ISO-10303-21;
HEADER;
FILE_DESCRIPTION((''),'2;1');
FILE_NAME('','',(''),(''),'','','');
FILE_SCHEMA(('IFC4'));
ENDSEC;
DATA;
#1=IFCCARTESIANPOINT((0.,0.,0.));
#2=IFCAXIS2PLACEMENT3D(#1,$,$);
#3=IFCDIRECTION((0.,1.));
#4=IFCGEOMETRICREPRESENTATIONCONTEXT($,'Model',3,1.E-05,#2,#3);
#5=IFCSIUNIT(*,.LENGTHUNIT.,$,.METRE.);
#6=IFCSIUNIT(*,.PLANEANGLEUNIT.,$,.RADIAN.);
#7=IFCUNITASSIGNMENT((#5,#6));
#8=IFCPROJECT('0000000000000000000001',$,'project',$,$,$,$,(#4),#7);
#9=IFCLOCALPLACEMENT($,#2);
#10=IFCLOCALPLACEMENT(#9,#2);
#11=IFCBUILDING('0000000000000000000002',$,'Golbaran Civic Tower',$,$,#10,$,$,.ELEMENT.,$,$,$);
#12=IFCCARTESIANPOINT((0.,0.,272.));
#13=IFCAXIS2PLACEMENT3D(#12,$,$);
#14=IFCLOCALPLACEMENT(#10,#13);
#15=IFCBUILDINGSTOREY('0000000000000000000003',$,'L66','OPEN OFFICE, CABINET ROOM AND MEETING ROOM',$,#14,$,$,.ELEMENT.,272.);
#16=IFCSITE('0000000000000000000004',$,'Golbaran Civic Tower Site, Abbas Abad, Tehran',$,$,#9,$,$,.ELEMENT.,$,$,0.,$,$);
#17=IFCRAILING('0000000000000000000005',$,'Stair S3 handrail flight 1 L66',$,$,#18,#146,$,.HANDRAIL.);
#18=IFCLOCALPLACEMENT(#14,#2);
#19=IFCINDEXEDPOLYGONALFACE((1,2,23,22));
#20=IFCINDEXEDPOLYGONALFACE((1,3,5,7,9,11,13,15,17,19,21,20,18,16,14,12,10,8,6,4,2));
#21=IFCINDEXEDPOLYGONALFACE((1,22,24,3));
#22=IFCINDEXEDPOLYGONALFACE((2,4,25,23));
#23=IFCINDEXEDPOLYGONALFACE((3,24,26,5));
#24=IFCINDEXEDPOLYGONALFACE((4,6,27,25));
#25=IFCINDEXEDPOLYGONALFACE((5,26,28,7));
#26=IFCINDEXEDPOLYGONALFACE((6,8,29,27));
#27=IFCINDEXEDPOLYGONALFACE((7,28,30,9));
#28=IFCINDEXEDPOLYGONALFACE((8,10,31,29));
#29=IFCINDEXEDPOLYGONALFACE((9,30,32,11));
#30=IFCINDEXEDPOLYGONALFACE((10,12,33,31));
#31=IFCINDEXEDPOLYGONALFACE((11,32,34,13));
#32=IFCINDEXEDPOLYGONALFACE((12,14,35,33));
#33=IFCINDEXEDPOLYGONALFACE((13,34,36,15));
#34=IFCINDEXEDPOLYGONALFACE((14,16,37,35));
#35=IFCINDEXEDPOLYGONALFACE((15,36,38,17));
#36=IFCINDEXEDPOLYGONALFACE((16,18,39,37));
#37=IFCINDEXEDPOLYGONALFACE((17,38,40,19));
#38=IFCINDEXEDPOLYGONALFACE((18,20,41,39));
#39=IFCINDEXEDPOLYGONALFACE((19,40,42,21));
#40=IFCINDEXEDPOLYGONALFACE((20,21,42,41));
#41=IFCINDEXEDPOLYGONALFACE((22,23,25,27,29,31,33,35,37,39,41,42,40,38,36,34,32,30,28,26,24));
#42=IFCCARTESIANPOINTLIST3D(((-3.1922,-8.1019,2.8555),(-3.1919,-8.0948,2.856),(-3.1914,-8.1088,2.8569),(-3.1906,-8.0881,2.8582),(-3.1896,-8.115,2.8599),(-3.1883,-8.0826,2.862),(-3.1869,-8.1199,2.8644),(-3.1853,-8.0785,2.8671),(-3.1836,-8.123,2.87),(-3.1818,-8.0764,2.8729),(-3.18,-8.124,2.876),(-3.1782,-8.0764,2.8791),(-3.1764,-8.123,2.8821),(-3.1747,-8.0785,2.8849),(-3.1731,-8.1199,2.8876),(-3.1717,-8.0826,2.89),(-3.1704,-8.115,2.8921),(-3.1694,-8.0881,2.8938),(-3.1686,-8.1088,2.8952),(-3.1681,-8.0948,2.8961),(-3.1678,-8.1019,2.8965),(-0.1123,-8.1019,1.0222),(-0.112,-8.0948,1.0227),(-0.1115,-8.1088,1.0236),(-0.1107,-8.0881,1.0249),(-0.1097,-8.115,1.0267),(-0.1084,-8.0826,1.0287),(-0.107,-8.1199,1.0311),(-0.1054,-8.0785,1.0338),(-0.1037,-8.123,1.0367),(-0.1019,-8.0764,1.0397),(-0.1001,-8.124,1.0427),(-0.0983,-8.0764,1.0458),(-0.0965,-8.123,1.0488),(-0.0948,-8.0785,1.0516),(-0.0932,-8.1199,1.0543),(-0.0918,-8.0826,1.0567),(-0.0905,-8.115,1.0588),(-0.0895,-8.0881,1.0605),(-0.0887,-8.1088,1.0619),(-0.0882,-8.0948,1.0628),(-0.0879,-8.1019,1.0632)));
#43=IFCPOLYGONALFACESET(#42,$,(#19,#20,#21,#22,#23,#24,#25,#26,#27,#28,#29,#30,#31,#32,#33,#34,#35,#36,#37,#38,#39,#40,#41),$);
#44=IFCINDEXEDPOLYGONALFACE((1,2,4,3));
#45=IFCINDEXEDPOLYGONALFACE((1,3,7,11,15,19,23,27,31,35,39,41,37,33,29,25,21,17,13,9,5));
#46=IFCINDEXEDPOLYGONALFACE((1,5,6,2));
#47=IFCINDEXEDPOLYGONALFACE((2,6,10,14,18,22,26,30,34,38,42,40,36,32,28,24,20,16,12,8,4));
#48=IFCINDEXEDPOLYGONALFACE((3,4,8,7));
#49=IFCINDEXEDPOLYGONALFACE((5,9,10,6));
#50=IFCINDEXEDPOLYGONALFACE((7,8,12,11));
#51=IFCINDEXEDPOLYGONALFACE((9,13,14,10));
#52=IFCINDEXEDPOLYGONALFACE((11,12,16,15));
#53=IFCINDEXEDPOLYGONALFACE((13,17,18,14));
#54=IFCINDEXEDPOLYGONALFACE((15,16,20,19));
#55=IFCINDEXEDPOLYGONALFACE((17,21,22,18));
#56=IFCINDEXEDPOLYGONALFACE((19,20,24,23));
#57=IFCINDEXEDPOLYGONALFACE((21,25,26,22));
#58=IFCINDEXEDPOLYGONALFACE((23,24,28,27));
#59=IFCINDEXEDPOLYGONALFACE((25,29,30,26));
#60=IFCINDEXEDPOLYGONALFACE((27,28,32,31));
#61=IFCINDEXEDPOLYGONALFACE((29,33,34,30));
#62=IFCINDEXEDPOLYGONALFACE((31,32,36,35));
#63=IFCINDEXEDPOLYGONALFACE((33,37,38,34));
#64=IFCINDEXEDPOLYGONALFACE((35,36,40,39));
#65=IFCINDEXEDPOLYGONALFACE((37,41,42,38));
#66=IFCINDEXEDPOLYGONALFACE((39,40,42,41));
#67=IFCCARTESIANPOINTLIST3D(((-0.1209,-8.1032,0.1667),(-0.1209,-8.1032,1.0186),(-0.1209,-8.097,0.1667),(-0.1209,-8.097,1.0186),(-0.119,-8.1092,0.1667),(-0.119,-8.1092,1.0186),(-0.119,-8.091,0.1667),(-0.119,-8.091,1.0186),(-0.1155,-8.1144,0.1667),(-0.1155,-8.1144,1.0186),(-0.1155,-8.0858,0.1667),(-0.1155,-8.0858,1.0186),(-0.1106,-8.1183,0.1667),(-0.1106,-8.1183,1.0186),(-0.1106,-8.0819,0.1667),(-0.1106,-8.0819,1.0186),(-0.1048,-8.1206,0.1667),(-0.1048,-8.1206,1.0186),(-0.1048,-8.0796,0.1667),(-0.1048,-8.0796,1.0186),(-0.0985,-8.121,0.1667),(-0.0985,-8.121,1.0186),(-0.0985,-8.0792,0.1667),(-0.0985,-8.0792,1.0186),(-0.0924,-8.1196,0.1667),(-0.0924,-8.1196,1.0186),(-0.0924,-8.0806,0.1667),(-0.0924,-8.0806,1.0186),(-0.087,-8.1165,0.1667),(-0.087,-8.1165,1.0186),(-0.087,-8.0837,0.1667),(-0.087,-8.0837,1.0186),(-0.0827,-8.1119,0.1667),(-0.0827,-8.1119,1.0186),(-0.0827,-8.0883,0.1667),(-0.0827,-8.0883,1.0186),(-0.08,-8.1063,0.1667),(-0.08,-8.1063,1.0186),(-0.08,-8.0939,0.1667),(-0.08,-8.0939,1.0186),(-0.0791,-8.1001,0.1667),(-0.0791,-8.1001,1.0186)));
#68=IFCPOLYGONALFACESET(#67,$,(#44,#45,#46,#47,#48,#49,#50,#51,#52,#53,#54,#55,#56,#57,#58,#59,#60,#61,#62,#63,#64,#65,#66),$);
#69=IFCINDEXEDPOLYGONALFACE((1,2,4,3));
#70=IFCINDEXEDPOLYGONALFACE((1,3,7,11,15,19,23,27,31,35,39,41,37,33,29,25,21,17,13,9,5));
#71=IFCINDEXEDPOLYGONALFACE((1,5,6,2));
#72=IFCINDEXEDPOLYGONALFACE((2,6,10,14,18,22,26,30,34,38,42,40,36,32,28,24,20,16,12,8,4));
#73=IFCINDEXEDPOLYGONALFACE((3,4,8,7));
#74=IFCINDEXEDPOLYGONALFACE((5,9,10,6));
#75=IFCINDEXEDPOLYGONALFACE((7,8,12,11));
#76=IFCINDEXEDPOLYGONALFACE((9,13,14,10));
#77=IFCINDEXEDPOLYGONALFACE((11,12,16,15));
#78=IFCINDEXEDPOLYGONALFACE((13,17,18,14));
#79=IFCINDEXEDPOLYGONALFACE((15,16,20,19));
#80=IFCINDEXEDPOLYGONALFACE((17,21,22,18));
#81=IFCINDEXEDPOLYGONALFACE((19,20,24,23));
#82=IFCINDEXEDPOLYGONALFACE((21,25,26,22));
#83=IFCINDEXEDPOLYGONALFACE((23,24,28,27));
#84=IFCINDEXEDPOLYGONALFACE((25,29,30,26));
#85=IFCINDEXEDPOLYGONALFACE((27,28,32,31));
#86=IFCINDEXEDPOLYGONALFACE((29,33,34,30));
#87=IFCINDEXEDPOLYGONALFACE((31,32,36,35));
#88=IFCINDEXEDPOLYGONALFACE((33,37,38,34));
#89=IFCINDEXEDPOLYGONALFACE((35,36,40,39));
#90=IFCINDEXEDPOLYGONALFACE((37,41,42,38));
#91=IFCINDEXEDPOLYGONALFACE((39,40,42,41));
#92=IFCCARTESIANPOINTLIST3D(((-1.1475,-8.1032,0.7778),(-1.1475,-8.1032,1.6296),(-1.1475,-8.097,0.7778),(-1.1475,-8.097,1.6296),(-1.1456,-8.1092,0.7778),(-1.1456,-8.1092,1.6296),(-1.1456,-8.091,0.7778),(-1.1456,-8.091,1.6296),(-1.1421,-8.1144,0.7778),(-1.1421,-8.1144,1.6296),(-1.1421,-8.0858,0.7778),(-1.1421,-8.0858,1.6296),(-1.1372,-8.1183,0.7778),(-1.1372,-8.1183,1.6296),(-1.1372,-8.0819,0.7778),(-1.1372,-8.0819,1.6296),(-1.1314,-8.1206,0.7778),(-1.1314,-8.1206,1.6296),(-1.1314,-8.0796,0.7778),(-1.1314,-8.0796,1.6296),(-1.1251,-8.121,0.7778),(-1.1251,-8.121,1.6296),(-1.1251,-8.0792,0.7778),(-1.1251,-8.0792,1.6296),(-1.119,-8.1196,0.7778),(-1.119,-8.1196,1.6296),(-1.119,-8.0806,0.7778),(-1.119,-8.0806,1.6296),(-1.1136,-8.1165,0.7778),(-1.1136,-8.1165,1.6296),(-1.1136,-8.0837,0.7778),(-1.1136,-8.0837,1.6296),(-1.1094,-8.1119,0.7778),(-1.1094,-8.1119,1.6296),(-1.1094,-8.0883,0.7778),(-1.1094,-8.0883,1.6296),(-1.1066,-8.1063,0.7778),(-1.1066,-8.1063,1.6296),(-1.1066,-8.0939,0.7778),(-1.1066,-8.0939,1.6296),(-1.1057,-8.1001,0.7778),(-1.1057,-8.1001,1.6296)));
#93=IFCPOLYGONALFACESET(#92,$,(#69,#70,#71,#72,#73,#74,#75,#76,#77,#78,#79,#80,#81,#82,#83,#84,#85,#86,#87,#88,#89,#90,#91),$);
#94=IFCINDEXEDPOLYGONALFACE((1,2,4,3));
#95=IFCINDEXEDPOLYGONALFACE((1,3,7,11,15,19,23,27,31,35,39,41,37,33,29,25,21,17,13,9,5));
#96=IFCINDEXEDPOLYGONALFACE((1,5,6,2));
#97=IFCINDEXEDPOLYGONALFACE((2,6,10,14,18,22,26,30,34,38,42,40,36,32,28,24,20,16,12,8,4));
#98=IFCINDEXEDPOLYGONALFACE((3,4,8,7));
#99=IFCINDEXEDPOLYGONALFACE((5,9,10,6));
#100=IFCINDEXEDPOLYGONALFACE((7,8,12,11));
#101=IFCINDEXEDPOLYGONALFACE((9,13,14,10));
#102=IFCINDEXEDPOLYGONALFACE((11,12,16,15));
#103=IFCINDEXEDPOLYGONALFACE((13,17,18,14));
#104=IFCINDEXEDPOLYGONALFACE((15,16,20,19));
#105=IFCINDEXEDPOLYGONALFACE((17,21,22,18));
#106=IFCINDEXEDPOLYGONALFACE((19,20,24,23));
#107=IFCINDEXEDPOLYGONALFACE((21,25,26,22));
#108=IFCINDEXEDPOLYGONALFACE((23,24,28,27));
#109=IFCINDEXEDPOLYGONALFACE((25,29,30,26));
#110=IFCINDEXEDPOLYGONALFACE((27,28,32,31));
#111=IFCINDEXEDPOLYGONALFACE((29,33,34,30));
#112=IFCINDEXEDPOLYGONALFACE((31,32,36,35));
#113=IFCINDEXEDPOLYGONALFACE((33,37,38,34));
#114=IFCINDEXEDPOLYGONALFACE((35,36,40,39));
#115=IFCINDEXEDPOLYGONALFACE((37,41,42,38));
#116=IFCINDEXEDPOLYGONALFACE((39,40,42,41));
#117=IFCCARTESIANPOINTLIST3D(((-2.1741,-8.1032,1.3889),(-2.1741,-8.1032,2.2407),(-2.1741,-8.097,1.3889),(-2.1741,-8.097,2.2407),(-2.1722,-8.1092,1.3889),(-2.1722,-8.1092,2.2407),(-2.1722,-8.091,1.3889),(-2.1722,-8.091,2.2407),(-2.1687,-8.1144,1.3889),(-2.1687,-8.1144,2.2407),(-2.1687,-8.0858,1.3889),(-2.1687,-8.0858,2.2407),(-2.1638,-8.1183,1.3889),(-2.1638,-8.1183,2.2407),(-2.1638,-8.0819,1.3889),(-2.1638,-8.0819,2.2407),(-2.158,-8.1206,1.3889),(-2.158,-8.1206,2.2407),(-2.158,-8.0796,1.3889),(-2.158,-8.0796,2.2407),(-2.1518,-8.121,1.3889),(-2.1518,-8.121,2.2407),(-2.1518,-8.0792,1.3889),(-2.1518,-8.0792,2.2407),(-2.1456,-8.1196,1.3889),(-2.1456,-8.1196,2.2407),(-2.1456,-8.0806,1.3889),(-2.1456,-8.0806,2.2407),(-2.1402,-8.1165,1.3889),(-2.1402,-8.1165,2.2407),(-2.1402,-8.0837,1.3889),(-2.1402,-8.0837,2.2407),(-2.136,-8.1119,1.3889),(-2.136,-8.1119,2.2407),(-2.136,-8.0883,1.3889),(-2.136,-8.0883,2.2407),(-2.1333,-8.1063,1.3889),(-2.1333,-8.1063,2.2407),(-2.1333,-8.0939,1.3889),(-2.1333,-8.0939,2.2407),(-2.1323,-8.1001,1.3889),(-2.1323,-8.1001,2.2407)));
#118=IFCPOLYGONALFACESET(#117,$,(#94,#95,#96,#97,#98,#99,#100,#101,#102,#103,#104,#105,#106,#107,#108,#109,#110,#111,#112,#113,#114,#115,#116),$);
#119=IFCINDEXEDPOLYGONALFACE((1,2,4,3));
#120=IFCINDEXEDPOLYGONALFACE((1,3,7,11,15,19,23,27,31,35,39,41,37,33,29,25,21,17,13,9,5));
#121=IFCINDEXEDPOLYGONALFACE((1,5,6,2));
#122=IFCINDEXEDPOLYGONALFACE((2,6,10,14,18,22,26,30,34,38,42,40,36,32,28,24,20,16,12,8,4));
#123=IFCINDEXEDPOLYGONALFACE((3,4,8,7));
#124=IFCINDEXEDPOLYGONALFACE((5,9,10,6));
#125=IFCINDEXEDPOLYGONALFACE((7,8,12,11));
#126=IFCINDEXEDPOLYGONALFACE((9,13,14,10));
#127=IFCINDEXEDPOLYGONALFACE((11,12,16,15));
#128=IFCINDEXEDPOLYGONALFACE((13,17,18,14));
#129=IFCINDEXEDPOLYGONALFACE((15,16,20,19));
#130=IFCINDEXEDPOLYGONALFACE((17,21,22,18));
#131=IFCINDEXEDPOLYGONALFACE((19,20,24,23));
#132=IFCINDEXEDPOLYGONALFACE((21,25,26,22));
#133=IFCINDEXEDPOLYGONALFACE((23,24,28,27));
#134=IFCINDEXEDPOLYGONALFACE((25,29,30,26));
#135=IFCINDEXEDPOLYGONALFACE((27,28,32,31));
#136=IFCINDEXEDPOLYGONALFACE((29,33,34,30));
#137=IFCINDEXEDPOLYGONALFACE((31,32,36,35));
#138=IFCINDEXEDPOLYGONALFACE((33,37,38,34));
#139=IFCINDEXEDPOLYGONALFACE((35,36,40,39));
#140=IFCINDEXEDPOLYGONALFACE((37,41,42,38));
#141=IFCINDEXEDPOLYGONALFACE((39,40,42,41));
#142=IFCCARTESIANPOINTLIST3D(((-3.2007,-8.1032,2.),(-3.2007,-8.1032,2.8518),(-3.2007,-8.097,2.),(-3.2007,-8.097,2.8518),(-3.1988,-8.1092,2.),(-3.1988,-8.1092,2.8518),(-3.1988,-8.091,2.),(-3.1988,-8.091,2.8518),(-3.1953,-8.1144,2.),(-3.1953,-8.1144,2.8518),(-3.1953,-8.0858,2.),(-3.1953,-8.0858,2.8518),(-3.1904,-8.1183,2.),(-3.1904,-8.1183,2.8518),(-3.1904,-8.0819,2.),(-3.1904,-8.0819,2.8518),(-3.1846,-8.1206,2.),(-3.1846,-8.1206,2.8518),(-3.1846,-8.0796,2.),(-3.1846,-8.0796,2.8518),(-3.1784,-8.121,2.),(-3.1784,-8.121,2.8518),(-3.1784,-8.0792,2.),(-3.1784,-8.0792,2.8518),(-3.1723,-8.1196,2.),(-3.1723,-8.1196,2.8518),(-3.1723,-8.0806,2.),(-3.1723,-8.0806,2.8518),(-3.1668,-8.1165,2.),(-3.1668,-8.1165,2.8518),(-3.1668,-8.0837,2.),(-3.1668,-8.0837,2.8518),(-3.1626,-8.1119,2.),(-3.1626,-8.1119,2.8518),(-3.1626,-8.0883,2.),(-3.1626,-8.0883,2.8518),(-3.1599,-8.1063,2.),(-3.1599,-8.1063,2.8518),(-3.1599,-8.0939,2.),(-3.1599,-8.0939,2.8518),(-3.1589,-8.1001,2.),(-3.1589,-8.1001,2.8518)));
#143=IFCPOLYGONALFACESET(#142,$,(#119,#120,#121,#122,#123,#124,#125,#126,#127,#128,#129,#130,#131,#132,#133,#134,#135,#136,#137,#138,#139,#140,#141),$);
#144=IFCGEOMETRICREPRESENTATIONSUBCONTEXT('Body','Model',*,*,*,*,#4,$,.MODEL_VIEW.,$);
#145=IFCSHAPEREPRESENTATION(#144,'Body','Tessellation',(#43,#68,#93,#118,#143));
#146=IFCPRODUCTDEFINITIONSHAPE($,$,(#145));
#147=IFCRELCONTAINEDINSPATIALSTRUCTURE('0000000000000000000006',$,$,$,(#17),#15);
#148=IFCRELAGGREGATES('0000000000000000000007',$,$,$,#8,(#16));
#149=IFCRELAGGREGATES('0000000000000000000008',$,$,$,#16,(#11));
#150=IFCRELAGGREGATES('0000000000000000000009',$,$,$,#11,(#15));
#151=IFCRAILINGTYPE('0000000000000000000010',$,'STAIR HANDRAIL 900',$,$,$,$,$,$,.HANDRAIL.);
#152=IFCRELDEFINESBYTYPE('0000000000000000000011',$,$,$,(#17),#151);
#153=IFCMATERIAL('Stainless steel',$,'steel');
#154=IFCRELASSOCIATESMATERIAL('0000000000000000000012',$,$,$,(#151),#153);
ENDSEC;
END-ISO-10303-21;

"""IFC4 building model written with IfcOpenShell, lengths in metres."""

from ifc_helpers import new_model, si_unit, direction, frame, origin, origin_2d, place, context, subcontext, project, spatial, circle, extrude, material, type_object, element, save


model = new_model("IFC4")

# Units and contexts
model_context = context("Model", 3, precision=1e-05, world=origin(), true_north=direction((0.0, 1.0)))
body_context = subcontext(model_context, "Body", "Model", "MODEL_VIEW")
ifc_project = project(units=[si_unit("LENGTHUNIT", "METRE"), si_unit("PLANEANGLEUNIT", "RADIAN")], contexts=[model_context])

# Site, building, storey
site_placement = place(None, origin())
site = spatial("IfcSite", under=ifc_project, at=site_placement, Name="Golbaran Civic Tower Site, Abbas Abad, Tehran", CompositionType="ELEMENT", RefElevation=0.0)
building_placement = place(site_placement, origin())
building = spatial("IfcBuilding", under=site, at=building_placement, Name="Golbaran Civic Tower", CompositionType="ELEMENT")
storey_placement = place(building_placement, frame((0.0, 0.0, 272.0)))
storey = spatial("IfcBuildingStorey", under=building, at=storey_placement, Name="L66", Description="OPEN OFFICE, CABINET ROOM AND MEETING ROOM", CompositionType="ELEMENT", Elevation=272.0)

# Shared definitions
ifc_material_1 = material(Name="Stainless steel", Category="steel")

# Railing
railing_type = type_object("IfcRailingType", Name="STAIR HANDRAIL 900", PredefinedType="HANDRAIL", material=ifc_material_1)
railing_1_placement = place(storey_placement, frame((-0.1001, -8.1001, 0.1667)))
element("IfcRailing", 1, at=railing_1_placement, inside=storey, type_object=railing_type, Name="Stair S3 handrail flight 1 L66", PredefinedType="HANDRAIL", context=body_context, shape_type="SweptSolid", body=[
    extrude(circle(Radius=0.0239, at=origin_2d()), frame((0.0, 0.0, 0.876), z_axis=(-0.859291, 0.0, 0.511487), x_axis=(0.0, -1.0, 0.0)), (0.0, 0.0, 1.0), 3.5842),
    extrude(circle(Radius=0.021, at=origin_2d()), origin(), (0.0, 0.0, 1.0), 0.8518),
    extrude(circle(Radius=0.021, at=origin_2d()), frame((-1.0266, 0.0, 0.6111)), (0.0, 0.0, 1.0), 0.8518),
    extrude(circle(Radius=0.021, at=origin_2d()), frame((-2.0532, 0.0, 1.2222)), (0.0, 0.0, 1.0), 0.8518),
    extrude(circle(Radius=0.021, at=origin_2d()), frame((-3.0798, 0.0, 1.8333)), (0.0, 0.0, 1.0), 0.8518),
])

save(model, "model.ifc")
